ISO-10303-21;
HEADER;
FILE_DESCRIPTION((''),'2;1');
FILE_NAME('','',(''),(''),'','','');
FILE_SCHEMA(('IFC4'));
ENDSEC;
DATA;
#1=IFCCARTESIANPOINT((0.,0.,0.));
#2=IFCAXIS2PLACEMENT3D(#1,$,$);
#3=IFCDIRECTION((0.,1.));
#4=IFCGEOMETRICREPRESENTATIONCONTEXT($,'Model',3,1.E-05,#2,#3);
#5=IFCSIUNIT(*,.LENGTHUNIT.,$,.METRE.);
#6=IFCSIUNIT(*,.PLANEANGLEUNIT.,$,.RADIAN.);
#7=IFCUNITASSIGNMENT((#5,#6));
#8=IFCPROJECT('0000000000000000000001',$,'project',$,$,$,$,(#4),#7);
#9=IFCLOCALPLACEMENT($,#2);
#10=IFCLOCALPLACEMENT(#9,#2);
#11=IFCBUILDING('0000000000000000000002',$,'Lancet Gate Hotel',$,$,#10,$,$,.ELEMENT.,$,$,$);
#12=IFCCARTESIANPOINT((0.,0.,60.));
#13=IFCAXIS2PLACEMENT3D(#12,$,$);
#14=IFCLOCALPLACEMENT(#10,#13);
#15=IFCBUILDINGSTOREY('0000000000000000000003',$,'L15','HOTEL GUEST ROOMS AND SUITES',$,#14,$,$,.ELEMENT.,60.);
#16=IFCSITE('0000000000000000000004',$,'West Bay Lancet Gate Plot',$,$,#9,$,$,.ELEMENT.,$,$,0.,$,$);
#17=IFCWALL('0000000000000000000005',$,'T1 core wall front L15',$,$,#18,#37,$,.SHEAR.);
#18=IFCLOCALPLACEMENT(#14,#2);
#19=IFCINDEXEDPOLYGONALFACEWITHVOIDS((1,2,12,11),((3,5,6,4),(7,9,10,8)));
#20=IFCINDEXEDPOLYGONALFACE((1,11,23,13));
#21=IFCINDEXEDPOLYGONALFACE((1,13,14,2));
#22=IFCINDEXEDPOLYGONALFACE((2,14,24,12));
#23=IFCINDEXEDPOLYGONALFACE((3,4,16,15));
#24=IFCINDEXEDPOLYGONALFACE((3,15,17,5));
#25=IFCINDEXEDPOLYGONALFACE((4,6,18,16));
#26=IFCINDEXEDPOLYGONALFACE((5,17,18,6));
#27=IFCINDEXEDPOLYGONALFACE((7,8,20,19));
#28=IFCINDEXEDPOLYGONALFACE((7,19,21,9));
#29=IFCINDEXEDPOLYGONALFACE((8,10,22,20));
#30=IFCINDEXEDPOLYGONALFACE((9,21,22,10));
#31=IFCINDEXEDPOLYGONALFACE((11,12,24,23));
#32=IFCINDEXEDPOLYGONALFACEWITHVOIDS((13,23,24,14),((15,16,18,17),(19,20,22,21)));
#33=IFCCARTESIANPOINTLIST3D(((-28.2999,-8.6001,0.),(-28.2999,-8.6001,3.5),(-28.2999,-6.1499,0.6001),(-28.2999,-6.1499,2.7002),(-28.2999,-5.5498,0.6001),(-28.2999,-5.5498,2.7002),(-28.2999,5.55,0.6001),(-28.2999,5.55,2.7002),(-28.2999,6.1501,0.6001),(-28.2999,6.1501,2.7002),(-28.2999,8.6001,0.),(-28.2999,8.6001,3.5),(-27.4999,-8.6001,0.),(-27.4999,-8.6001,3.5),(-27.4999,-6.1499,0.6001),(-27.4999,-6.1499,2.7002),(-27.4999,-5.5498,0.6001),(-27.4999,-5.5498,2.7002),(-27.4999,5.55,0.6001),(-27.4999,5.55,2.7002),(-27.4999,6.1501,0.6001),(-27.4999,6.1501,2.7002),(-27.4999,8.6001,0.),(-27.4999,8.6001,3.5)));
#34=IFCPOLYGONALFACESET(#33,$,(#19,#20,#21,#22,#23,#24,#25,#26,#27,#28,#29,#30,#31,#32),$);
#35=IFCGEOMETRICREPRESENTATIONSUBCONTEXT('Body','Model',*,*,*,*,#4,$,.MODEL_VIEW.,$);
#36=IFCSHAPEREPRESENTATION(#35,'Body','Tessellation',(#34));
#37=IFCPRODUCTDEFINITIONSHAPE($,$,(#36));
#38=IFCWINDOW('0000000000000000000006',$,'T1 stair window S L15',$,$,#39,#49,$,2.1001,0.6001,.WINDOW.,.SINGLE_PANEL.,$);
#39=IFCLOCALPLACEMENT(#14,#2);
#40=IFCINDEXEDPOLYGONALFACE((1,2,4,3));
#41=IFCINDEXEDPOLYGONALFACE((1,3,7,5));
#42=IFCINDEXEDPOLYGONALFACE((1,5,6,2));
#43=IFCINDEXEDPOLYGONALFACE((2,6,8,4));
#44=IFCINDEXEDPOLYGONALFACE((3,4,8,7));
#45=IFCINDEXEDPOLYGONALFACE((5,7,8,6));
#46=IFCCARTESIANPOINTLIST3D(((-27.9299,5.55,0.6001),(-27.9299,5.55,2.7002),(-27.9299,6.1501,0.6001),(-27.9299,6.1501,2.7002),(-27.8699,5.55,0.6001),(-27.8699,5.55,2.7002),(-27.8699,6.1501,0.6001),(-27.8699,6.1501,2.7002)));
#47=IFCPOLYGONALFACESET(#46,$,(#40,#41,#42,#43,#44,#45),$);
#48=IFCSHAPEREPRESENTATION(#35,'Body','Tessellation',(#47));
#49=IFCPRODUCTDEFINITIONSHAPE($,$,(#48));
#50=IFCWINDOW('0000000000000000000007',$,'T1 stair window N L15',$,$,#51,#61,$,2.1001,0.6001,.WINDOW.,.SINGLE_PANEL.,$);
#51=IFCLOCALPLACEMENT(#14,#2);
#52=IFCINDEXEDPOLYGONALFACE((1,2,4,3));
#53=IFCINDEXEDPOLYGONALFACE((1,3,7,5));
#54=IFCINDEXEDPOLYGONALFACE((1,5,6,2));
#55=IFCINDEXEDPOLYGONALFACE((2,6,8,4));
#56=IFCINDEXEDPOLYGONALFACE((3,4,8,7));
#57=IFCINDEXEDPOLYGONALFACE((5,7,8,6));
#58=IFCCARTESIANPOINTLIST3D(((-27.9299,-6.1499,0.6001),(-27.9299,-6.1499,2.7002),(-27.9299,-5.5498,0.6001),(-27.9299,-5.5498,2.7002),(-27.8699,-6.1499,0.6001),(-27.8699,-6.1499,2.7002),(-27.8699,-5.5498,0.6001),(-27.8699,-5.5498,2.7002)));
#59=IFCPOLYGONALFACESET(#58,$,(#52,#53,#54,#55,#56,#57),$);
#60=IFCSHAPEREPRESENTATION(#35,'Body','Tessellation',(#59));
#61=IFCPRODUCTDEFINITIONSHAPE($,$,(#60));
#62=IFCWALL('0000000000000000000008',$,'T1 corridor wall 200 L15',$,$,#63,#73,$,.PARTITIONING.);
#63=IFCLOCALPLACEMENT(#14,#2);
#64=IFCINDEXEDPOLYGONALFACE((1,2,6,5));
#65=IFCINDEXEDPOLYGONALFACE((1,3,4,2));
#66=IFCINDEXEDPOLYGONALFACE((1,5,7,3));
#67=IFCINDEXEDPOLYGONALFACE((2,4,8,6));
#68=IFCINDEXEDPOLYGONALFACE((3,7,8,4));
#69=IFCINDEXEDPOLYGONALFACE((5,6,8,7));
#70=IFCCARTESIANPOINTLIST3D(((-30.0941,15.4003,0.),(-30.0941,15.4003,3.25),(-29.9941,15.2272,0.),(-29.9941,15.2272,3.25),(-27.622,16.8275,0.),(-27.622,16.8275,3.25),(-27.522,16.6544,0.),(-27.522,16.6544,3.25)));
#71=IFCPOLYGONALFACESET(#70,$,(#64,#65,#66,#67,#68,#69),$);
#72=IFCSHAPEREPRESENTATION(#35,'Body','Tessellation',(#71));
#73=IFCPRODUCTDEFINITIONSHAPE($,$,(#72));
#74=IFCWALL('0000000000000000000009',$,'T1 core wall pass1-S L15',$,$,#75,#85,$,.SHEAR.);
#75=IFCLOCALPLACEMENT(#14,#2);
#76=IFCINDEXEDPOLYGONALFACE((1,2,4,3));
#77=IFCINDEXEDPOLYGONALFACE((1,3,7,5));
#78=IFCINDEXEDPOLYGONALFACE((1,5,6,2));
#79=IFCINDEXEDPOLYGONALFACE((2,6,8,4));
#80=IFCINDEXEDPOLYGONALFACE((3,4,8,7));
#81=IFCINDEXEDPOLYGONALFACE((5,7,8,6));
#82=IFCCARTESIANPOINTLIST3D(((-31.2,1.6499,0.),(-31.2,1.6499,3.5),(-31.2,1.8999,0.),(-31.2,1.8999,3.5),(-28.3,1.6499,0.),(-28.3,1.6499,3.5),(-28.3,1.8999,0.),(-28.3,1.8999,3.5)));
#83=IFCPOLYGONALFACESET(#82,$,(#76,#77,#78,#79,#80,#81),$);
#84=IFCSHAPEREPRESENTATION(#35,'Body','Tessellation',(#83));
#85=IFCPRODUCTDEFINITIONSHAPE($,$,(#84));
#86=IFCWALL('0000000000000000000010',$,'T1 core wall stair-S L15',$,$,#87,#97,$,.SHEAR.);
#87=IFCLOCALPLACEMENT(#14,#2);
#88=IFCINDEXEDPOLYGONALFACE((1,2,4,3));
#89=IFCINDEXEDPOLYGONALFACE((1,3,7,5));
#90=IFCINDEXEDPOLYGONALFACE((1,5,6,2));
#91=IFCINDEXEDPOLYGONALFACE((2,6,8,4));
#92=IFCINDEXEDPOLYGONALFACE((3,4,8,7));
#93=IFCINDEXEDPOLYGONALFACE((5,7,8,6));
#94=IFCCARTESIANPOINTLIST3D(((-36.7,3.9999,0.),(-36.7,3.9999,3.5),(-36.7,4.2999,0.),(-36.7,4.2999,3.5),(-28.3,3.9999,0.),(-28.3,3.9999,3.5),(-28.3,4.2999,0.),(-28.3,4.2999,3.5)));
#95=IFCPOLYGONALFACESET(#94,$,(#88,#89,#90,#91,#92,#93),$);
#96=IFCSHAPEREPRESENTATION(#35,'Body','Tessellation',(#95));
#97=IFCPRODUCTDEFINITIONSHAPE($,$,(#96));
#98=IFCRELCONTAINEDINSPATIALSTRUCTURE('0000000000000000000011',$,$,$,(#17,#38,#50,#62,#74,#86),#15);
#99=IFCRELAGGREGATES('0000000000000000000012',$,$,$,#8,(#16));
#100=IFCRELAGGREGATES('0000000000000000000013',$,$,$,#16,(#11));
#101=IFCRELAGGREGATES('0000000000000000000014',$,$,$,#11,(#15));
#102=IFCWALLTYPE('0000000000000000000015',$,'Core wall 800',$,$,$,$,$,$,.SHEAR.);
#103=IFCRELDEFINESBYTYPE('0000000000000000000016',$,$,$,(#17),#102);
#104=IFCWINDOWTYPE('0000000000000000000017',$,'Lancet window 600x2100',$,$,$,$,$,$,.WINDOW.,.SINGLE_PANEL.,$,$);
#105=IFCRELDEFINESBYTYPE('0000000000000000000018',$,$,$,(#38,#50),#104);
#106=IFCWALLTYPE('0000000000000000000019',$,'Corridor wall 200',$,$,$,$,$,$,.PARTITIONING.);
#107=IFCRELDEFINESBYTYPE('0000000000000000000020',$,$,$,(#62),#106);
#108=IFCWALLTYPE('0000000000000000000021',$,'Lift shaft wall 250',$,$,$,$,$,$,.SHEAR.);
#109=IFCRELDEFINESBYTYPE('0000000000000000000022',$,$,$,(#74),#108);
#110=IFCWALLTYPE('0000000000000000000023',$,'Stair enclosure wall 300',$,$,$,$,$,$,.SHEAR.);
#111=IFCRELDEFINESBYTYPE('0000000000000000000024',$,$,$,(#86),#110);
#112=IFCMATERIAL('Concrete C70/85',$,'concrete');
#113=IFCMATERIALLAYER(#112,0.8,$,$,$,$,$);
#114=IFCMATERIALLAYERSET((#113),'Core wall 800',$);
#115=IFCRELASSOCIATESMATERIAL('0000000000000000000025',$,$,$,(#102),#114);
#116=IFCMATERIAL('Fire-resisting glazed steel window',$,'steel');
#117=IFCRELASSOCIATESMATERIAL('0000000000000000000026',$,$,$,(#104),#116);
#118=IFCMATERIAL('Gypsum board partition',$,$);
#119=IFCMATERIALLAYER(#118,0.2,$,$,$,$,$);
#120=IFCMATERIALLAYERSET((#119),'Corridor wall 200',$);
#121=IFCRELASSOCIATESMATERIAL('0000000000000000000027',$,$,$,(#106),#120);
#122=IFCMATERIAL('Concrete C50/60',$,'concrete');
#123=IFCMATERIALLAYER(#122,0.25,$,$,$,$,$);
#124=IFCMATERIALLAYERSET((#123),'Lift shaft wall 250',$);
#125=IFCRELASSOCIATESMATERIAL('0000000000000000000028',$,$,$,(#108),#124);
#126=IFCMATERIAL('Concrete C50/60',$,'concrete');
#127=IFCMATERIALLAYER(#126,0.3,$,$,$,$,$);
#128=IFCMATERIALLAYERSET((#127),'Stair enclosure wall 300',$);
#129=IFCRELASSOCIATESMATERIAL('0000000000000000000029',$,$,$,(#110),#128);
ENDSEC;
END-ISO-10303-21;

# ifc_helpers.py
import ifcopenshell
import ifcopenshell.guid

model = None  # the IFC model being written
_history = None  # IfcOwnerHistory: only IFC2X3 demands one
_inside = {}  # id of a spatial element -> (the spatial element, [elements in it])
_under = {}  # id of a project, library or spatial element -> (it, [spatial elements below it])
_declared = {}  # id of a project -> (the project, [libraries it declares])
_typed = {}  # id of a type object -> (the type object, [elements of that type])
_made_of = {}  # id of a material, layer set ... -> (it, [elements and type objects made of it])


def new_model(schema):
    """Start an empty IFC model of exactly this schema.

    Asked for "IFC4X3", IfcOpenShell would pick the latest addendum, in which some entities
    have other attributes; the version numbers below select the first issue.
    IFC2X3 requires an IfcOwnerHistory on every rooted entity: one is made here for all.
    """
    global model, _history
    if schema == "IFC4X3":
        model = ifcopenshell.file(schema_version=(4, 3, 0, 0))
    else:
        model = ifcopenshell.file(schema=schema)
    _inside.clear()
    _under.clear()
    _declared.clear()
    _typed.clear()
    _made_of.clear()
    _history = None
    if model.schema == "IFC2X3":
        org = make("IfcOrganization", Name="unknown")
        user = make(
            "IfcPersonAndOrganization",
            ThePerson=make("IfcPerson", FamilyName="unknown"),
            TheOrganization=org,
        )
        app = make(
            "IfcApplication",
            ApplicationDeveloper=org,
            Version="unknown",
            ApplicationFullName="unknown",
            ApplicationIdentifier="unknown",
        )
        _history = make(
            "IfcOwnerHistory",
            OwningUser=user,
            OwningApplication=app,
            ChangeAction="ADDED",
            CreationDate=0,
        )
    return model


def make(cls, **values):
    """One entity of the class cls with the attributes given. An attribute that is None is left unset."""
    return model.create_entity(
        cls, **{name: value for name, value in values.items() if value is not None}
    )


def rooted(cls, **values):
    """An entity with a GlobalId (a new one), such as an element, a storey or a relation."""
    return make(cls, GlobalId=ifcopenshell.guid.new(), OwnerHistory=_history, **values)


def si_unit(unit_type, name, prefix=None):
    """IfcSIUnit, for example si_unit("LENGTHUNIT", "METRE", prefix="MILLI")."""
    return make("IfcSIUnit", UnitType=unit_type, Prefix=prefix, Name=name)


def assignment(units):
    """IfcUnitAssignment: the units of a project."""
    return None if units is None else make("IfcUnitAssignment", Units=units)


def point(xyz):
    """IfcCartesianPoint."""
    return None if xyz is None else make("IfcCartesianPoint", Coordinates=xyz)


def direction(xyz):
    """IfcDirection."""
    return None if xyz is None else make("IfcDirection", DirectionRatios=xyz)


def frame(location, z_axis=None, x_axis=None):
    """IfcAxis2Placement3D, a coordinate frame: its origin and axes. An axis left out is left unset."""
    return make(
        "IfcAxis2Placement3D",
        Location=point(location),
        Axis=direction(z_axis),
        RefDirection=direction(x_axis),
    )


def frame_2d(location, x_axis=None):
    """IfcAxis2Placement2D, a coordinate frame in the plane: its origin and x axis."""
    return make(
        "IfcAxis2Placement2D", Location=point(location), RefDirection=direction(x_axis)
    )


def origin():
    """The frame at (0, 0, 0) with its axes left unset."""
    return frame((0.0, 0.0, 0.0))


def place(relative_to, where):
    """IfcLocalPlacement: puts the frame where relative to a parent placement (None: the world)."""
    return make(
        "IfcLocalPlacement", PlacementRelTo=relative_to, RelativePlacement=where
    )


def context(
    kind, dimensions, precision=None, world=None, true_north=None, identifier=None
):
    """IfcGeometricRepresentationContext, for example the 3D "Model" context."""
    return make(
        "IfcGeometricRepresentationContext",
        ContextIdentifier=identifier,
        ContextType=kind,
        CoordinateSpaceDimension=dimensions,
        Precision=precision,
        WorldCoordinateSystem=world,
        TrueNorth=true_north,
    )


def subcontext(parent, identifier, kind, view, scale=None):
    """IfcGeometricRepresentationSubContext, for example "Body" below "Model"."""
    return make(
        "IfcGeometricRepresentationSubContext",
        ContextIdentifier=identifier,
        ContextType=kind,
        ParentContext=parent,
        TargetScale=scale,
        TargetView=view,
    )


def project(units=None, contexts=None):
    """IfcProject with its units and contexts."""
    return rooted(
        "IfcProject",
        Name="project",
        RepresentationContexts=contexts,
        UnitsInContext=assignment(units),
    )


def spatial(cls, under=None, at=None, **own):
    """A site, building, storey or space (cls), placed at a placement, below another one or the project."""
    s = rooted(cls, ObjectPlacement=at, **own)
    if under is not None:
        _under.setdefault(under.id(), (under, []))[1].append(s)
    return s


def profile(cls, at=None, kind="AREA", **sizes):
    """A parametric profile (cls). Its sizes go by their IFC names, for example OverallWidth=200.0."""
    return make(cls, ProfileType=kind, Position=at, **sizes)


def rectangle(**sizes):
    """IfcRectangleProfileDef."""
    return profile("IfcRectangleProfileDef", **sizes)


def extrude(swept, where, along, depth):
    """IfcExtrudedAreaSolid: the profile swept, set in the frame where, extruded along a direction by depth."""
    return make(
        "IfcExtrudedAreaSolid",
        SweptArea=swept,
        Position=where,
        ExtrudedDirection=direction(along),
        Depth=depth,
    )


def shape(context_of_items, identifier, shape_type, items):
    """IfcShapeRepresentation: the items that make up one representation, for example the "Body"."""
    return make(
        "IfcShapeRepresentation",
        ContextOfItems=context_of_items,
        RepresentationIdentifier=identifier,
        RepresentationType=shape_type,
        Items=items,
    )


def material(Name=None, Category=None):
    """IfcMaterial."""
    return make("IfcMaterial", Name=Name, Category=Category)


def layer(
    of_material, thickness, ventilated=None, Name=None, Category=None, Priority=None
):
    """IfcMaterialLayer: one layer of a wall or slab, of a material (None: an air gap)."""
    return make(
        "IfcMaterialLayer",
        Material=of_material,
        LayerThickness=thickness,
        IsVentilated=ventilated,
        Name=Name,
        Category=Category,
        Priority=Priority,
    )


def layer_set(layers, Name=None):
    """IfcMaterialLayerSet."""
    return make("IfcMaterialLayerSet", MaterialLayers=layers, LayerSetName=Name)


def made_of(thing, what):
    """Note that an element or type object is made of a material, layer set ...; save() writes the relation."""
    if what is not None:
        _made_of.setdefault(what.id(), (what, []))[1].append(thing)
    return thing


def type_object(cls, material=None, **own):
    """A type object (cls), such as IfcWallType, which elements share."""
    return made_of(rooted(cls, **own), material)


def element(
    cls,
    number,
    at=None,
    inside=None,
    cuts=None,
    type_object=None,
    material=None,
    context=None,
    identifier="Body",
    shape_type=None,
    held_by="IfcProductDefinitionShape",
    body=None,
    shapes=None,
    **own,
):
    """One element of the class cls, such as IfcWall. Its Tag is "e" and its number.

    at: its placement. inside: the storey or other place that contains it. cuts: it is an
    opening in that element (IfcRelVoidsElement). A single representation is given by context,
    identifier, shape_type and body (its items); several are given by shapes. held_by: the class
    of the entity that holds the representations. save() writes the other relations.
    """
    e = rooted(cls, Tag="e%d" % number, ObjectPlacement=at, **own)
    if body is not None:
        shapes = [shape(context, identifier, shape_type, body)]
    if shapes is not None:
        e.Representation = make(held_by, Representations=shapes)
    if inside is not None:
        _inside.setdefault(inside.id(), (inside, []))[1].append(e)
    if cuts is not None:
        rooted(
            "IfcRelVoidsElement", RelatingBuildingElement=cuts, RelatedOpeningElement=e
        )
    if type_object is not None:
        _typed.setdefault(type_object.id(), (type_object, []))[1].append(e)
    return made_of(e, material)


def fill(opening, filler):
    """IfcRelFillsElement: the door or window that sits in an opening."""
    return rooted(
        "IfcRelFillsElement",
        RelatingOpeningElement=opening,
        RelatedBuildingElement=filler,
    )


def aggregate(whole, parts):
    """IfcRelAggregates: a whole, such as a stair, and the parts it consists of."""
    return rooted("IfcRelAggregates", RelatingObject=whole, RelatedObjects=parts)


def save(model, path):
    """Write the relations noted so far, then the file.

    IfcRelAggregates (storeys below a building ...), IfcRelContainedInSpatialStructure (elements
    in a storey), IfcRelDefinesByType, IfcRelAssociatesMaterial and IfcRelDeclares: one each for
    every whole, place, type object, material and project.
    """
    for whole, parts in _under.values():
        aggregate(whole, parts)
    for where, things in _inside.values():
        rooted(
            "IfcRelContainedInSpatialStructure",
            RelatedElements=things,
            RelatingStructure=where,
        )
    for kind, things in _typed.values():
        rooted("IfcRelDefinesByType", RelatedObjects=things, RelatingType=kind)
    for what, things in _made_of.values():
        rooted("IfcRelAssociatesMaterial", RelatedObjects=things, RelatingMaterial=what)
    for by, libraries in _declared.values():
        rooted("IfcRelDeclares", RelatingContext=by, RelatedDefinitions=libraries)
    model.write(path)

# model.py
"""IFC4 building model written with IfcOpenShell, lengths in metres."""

from ifc_helpers import new_model, si_unit, direction, frame, frame_2d, origin, place, context, subcontext, project, spatial, rectangle, extrude, material, layer, layer_set, type_object, element, fill, save


model = new_model("IFC4")

# Units and contexts
model_context = context("Model", 3, precision=1e-05, world=origin(), true_north=direction((0.0, 1.0)))
body_context = subcontext(model_context, "Body", "Model", "MODEL_VIEW")
ifc_project = project(units=[si_unit("LENGTHUNIT", "METRE"), si_unit("PLANEANGLEUNIT", "RADIAN")], contexts=[model_context])

# Site, building, storey
site_placement = place(None, origin())
site = spatial("IfcSite", under=ifc_project, at=site_placement, Name="West Bay Lancet Gate Plot", CompositionType="ELEMENT", RefElevation=0.0)
building_placement = place(site_placement, origin())
building = spatial("IfcBuilding", under=site, at=building_placement, Name="Lancet Gate Hotel", CompositionType="ELEMENT")
storey_placement = place(building_placement, frame((0.0, 0.0, 60.0)))
storey = spatial("IfcBuildingStorey", under=building, at=storey_placement, Name="L15", Description="HOTEL GUEST ROOMS AND SUITES", CompositionType="ELEMENT", Elevation=60.0)

# Wall, openings, windows
ifc_material_1 = material(Name="Concrete C70/85", Category="concrete")
ifc_layer_1 = layer(ifc_material_1, 0.8)
ifc_layer_set_1 = layer_set([ifc_layer_1], Name="Core wall 800")
wall_type_1 = type_object("IfcWallType", Name="Core wall 800", PredefinedType="SHEAR", material=ifc_layer_set_1)
wall_1_placement = place(storey_placement, frame((-27.8999, 8.6001, 0.0), z_axis=(0.0, 0.0, 1.0), x_axis=(0.0, -1.0, 0.0)))
wall_1 = element("IfcWall", 1, at=wall_1_placement, inside=storey, type_object=wall_type_1, Name="T1 core wall front L15", PredefinedType="SHEAR", context=body_context, shape_type="SweptSolid", body=[
    extrude(rectangle(XDim=17.2002, YDim=0.8, at=frame_2d((8.6001, 0.0))), origin(), (0.0, 0.0, 1.0), 3.5),
])
opening_1_placement = place(wall_1_placement, frame((2.45, 0.0, 0.6001)))
opening_1 = element("IfcOpeningElement", 2, at=opening_1_placement, cuts=wall_1, PredefinedType="OPENING", context=body_context, shape_type="SweptSolid", body=[
    extrude(rectangle(XDim=0.6001, YDim=2.1001, at=frame_2d((0.3, 1.05))), frame((0.0, 0.4099, 0.0), z_axis=(0.0, -1.0, 0.0), x_axis=(1.0, 0.0, 0.0)), (0.0, 0.0, 1.0), 0.8201),
])
opening_2_placement = place(wall_1_placement, frame((14.1499, 0.0, 0.6001)))
opening_2 = element("IfcOpeningElement", 3, at=opening_2_placement, cuts=wall_1, PredefinedType="OPENING", context=body_context, shape_type="SweptSolid", body=[
    extrude(rectangle(XDim=0.6001, YDim=2.1001, at=frame_2d((0.3, 1.05))), frame((0.0, 0.4099, 0.0), z_axis=(0.0, -1.0, 0.0), x_axis=(1.0, 0.0, 0.0)), (0.0, 0.0, 1.0), 0.8201),
])
ifc_material_2 = material(Name="Fire-resisting glazed steel window", Category="steel")
window_type = type_object("IfcWindowType", Name="Lancet window 600x2100", PartitioningType="SINGLE_PANEL", PredefinedType="WINDOW", material=ifc_material_2)
window_1_placement = place(opening_1_placement, origin())
window_1 = element("IfcWindow", 4, at=window_1_placement, inside=storey, type_object=window_type, Name="T1 stair window S L15", OverallHeight=2.1001, OverallWidth=0.6001, PartitioningType="SINGLE_PANEL", PredefinedType="WINDOW", context=body_context, shape_type="SweptSolid", body=[
    extrude(rectangle(XDim=0.6001, YDim=2.1001, at=frame_2d((0.3, 1.05))), frame((0.0, 0.03, 0.0), z_axis=(0.0, -1.0, 0.0), x_axis=(1.0, 0.0, 0.0)), (0.0, 0.0, 1.0), 0.0601),
])
fill(opening_1, window_1)
window_2_placement = place(opening_2_placement, origin())
window_2 = element("IfcWindow", 5, at=window_2_placement, inside=storey, type_object=window_type, Name="T1 stair window N L15", OverallHeight=2.1001, OverallWidth=0.6001, PartitioningType="SINGLE_PANEL", PredefinedType="WINDOW", context=body_context, shape_type="SweptSolid", body=[
    extrude(rectangle(XDim=0.6001, YDim=2.1001, at=frame_2d((0.3, 1.05))), frame((0.0, 0.03, 0.0), z_axis=(0.0, -1.0, 0.0), x_axis=(1.0, 0.0, 0.0)), (0.0, 0.0, 1.0), 0.0601),
])
fill(opening_2, window_2)

# Walls
ifc_material_3 = material(Name="Gypsum board partition")
ifc_layer_2 = layer(ifc_material_3, 0.2)
ifc_layer_set_2 = layer_set([ifc_layer_2], Name="Corridor wall 200")
wall_type_2 = type_object("IfcWallType", Name="Corridor wall 200", PredefinedType="PARTITIONING", material=ifc_layer_set_2)
wall_2_placement = place(storey_placement, frame((-27.572, 16.741, 0.0), z_axis=(0.0, 0.0, 1.0), x_axis=(-0.866035, -0.499984, 0.0)))
element("IfcWall", 6, at=wall_2_placement, inside=storey, type_object=wall_type_2, Name="T1 corridor wall 200 L15", PredefinedType="PARTITIONING", context=body_context, shape_type="SweptSolid", body=[
    extrude(rectangle(XDim=2.8545, YDim=0.2, at=frame_2d((1.4272, 0.0))), origin(), (0.0, 0.0, 1.0), 3.25),
])
ifc_material_4 = material(Name="Concrete C50/60", Category="concrete")
ifc_layer_3 = layer(ifc_material_4, 0.25)
ifc_layer_set_3 = layer_set([ifc_layer_3], Name="Lift shaft wall 250")
wall_type_3 = type_object("IfcWallType", Name="Lift shaft wall 250", PredefinedType="SHEAR", material=ifc_layer_set_3)
wall_3_placement = place(storey_placement, frame((-28.3, 1.7749, 0.0), z_axis=(0.0, 0.0, 1.0), x_axis=(-1.0, 0.0, 0.0)))
element("IfcWall", 7, at=wall_3_placement, inside=storey, type_object=wall_type_3, Name="T1 core wall pass1-S L15", PredefinedType="SHEAR", context=body_context, shape_type="SweptSolid", body=[
    extrude(rectangle(XDim=2.8999, YDim=0.25, at=frame_2d((1.45, 0.0))), origin(), (0.0, 0.0, 1.0), 3.5),
])
ifc_material_5 = material(Name="Concrete C50/60", Category="concrete")
ifc_layer_4 = layer(ifc_material_5, 0.3)
ifc_layer_set_4 = layer_set([ifc_layer_4], Name="Stair enclosure wall 300")
wall_type_4 = type_object("IfcWallType", Name="Stair enclosure wall 300", PredefinedType="SHEAR", material=ifc_layer_set_4)
wall_4_placement = place(storey_placement, frame((-28.3, 4.1499, 0.0), z_axis=(0.0, 0.0, 1.0), x_axis=(-1.0, 0.0, 0.0)))
element("IfcWall", 8, at=wall_4_placement, inside=storey, type_object=wall_type_4, Name="T1 core wall stair-S L15", PredefinedType="SHEAR", context=body_context, shape_type="SweptSolid", body=[
    extrude(rectangle(XDim=8.3999, YDim=0.3, at=frame_2d((4.2, 0.0))), origin(), (0.0, 0.0, 1.0), 3.5),
])

save(model, "model.ifc")
